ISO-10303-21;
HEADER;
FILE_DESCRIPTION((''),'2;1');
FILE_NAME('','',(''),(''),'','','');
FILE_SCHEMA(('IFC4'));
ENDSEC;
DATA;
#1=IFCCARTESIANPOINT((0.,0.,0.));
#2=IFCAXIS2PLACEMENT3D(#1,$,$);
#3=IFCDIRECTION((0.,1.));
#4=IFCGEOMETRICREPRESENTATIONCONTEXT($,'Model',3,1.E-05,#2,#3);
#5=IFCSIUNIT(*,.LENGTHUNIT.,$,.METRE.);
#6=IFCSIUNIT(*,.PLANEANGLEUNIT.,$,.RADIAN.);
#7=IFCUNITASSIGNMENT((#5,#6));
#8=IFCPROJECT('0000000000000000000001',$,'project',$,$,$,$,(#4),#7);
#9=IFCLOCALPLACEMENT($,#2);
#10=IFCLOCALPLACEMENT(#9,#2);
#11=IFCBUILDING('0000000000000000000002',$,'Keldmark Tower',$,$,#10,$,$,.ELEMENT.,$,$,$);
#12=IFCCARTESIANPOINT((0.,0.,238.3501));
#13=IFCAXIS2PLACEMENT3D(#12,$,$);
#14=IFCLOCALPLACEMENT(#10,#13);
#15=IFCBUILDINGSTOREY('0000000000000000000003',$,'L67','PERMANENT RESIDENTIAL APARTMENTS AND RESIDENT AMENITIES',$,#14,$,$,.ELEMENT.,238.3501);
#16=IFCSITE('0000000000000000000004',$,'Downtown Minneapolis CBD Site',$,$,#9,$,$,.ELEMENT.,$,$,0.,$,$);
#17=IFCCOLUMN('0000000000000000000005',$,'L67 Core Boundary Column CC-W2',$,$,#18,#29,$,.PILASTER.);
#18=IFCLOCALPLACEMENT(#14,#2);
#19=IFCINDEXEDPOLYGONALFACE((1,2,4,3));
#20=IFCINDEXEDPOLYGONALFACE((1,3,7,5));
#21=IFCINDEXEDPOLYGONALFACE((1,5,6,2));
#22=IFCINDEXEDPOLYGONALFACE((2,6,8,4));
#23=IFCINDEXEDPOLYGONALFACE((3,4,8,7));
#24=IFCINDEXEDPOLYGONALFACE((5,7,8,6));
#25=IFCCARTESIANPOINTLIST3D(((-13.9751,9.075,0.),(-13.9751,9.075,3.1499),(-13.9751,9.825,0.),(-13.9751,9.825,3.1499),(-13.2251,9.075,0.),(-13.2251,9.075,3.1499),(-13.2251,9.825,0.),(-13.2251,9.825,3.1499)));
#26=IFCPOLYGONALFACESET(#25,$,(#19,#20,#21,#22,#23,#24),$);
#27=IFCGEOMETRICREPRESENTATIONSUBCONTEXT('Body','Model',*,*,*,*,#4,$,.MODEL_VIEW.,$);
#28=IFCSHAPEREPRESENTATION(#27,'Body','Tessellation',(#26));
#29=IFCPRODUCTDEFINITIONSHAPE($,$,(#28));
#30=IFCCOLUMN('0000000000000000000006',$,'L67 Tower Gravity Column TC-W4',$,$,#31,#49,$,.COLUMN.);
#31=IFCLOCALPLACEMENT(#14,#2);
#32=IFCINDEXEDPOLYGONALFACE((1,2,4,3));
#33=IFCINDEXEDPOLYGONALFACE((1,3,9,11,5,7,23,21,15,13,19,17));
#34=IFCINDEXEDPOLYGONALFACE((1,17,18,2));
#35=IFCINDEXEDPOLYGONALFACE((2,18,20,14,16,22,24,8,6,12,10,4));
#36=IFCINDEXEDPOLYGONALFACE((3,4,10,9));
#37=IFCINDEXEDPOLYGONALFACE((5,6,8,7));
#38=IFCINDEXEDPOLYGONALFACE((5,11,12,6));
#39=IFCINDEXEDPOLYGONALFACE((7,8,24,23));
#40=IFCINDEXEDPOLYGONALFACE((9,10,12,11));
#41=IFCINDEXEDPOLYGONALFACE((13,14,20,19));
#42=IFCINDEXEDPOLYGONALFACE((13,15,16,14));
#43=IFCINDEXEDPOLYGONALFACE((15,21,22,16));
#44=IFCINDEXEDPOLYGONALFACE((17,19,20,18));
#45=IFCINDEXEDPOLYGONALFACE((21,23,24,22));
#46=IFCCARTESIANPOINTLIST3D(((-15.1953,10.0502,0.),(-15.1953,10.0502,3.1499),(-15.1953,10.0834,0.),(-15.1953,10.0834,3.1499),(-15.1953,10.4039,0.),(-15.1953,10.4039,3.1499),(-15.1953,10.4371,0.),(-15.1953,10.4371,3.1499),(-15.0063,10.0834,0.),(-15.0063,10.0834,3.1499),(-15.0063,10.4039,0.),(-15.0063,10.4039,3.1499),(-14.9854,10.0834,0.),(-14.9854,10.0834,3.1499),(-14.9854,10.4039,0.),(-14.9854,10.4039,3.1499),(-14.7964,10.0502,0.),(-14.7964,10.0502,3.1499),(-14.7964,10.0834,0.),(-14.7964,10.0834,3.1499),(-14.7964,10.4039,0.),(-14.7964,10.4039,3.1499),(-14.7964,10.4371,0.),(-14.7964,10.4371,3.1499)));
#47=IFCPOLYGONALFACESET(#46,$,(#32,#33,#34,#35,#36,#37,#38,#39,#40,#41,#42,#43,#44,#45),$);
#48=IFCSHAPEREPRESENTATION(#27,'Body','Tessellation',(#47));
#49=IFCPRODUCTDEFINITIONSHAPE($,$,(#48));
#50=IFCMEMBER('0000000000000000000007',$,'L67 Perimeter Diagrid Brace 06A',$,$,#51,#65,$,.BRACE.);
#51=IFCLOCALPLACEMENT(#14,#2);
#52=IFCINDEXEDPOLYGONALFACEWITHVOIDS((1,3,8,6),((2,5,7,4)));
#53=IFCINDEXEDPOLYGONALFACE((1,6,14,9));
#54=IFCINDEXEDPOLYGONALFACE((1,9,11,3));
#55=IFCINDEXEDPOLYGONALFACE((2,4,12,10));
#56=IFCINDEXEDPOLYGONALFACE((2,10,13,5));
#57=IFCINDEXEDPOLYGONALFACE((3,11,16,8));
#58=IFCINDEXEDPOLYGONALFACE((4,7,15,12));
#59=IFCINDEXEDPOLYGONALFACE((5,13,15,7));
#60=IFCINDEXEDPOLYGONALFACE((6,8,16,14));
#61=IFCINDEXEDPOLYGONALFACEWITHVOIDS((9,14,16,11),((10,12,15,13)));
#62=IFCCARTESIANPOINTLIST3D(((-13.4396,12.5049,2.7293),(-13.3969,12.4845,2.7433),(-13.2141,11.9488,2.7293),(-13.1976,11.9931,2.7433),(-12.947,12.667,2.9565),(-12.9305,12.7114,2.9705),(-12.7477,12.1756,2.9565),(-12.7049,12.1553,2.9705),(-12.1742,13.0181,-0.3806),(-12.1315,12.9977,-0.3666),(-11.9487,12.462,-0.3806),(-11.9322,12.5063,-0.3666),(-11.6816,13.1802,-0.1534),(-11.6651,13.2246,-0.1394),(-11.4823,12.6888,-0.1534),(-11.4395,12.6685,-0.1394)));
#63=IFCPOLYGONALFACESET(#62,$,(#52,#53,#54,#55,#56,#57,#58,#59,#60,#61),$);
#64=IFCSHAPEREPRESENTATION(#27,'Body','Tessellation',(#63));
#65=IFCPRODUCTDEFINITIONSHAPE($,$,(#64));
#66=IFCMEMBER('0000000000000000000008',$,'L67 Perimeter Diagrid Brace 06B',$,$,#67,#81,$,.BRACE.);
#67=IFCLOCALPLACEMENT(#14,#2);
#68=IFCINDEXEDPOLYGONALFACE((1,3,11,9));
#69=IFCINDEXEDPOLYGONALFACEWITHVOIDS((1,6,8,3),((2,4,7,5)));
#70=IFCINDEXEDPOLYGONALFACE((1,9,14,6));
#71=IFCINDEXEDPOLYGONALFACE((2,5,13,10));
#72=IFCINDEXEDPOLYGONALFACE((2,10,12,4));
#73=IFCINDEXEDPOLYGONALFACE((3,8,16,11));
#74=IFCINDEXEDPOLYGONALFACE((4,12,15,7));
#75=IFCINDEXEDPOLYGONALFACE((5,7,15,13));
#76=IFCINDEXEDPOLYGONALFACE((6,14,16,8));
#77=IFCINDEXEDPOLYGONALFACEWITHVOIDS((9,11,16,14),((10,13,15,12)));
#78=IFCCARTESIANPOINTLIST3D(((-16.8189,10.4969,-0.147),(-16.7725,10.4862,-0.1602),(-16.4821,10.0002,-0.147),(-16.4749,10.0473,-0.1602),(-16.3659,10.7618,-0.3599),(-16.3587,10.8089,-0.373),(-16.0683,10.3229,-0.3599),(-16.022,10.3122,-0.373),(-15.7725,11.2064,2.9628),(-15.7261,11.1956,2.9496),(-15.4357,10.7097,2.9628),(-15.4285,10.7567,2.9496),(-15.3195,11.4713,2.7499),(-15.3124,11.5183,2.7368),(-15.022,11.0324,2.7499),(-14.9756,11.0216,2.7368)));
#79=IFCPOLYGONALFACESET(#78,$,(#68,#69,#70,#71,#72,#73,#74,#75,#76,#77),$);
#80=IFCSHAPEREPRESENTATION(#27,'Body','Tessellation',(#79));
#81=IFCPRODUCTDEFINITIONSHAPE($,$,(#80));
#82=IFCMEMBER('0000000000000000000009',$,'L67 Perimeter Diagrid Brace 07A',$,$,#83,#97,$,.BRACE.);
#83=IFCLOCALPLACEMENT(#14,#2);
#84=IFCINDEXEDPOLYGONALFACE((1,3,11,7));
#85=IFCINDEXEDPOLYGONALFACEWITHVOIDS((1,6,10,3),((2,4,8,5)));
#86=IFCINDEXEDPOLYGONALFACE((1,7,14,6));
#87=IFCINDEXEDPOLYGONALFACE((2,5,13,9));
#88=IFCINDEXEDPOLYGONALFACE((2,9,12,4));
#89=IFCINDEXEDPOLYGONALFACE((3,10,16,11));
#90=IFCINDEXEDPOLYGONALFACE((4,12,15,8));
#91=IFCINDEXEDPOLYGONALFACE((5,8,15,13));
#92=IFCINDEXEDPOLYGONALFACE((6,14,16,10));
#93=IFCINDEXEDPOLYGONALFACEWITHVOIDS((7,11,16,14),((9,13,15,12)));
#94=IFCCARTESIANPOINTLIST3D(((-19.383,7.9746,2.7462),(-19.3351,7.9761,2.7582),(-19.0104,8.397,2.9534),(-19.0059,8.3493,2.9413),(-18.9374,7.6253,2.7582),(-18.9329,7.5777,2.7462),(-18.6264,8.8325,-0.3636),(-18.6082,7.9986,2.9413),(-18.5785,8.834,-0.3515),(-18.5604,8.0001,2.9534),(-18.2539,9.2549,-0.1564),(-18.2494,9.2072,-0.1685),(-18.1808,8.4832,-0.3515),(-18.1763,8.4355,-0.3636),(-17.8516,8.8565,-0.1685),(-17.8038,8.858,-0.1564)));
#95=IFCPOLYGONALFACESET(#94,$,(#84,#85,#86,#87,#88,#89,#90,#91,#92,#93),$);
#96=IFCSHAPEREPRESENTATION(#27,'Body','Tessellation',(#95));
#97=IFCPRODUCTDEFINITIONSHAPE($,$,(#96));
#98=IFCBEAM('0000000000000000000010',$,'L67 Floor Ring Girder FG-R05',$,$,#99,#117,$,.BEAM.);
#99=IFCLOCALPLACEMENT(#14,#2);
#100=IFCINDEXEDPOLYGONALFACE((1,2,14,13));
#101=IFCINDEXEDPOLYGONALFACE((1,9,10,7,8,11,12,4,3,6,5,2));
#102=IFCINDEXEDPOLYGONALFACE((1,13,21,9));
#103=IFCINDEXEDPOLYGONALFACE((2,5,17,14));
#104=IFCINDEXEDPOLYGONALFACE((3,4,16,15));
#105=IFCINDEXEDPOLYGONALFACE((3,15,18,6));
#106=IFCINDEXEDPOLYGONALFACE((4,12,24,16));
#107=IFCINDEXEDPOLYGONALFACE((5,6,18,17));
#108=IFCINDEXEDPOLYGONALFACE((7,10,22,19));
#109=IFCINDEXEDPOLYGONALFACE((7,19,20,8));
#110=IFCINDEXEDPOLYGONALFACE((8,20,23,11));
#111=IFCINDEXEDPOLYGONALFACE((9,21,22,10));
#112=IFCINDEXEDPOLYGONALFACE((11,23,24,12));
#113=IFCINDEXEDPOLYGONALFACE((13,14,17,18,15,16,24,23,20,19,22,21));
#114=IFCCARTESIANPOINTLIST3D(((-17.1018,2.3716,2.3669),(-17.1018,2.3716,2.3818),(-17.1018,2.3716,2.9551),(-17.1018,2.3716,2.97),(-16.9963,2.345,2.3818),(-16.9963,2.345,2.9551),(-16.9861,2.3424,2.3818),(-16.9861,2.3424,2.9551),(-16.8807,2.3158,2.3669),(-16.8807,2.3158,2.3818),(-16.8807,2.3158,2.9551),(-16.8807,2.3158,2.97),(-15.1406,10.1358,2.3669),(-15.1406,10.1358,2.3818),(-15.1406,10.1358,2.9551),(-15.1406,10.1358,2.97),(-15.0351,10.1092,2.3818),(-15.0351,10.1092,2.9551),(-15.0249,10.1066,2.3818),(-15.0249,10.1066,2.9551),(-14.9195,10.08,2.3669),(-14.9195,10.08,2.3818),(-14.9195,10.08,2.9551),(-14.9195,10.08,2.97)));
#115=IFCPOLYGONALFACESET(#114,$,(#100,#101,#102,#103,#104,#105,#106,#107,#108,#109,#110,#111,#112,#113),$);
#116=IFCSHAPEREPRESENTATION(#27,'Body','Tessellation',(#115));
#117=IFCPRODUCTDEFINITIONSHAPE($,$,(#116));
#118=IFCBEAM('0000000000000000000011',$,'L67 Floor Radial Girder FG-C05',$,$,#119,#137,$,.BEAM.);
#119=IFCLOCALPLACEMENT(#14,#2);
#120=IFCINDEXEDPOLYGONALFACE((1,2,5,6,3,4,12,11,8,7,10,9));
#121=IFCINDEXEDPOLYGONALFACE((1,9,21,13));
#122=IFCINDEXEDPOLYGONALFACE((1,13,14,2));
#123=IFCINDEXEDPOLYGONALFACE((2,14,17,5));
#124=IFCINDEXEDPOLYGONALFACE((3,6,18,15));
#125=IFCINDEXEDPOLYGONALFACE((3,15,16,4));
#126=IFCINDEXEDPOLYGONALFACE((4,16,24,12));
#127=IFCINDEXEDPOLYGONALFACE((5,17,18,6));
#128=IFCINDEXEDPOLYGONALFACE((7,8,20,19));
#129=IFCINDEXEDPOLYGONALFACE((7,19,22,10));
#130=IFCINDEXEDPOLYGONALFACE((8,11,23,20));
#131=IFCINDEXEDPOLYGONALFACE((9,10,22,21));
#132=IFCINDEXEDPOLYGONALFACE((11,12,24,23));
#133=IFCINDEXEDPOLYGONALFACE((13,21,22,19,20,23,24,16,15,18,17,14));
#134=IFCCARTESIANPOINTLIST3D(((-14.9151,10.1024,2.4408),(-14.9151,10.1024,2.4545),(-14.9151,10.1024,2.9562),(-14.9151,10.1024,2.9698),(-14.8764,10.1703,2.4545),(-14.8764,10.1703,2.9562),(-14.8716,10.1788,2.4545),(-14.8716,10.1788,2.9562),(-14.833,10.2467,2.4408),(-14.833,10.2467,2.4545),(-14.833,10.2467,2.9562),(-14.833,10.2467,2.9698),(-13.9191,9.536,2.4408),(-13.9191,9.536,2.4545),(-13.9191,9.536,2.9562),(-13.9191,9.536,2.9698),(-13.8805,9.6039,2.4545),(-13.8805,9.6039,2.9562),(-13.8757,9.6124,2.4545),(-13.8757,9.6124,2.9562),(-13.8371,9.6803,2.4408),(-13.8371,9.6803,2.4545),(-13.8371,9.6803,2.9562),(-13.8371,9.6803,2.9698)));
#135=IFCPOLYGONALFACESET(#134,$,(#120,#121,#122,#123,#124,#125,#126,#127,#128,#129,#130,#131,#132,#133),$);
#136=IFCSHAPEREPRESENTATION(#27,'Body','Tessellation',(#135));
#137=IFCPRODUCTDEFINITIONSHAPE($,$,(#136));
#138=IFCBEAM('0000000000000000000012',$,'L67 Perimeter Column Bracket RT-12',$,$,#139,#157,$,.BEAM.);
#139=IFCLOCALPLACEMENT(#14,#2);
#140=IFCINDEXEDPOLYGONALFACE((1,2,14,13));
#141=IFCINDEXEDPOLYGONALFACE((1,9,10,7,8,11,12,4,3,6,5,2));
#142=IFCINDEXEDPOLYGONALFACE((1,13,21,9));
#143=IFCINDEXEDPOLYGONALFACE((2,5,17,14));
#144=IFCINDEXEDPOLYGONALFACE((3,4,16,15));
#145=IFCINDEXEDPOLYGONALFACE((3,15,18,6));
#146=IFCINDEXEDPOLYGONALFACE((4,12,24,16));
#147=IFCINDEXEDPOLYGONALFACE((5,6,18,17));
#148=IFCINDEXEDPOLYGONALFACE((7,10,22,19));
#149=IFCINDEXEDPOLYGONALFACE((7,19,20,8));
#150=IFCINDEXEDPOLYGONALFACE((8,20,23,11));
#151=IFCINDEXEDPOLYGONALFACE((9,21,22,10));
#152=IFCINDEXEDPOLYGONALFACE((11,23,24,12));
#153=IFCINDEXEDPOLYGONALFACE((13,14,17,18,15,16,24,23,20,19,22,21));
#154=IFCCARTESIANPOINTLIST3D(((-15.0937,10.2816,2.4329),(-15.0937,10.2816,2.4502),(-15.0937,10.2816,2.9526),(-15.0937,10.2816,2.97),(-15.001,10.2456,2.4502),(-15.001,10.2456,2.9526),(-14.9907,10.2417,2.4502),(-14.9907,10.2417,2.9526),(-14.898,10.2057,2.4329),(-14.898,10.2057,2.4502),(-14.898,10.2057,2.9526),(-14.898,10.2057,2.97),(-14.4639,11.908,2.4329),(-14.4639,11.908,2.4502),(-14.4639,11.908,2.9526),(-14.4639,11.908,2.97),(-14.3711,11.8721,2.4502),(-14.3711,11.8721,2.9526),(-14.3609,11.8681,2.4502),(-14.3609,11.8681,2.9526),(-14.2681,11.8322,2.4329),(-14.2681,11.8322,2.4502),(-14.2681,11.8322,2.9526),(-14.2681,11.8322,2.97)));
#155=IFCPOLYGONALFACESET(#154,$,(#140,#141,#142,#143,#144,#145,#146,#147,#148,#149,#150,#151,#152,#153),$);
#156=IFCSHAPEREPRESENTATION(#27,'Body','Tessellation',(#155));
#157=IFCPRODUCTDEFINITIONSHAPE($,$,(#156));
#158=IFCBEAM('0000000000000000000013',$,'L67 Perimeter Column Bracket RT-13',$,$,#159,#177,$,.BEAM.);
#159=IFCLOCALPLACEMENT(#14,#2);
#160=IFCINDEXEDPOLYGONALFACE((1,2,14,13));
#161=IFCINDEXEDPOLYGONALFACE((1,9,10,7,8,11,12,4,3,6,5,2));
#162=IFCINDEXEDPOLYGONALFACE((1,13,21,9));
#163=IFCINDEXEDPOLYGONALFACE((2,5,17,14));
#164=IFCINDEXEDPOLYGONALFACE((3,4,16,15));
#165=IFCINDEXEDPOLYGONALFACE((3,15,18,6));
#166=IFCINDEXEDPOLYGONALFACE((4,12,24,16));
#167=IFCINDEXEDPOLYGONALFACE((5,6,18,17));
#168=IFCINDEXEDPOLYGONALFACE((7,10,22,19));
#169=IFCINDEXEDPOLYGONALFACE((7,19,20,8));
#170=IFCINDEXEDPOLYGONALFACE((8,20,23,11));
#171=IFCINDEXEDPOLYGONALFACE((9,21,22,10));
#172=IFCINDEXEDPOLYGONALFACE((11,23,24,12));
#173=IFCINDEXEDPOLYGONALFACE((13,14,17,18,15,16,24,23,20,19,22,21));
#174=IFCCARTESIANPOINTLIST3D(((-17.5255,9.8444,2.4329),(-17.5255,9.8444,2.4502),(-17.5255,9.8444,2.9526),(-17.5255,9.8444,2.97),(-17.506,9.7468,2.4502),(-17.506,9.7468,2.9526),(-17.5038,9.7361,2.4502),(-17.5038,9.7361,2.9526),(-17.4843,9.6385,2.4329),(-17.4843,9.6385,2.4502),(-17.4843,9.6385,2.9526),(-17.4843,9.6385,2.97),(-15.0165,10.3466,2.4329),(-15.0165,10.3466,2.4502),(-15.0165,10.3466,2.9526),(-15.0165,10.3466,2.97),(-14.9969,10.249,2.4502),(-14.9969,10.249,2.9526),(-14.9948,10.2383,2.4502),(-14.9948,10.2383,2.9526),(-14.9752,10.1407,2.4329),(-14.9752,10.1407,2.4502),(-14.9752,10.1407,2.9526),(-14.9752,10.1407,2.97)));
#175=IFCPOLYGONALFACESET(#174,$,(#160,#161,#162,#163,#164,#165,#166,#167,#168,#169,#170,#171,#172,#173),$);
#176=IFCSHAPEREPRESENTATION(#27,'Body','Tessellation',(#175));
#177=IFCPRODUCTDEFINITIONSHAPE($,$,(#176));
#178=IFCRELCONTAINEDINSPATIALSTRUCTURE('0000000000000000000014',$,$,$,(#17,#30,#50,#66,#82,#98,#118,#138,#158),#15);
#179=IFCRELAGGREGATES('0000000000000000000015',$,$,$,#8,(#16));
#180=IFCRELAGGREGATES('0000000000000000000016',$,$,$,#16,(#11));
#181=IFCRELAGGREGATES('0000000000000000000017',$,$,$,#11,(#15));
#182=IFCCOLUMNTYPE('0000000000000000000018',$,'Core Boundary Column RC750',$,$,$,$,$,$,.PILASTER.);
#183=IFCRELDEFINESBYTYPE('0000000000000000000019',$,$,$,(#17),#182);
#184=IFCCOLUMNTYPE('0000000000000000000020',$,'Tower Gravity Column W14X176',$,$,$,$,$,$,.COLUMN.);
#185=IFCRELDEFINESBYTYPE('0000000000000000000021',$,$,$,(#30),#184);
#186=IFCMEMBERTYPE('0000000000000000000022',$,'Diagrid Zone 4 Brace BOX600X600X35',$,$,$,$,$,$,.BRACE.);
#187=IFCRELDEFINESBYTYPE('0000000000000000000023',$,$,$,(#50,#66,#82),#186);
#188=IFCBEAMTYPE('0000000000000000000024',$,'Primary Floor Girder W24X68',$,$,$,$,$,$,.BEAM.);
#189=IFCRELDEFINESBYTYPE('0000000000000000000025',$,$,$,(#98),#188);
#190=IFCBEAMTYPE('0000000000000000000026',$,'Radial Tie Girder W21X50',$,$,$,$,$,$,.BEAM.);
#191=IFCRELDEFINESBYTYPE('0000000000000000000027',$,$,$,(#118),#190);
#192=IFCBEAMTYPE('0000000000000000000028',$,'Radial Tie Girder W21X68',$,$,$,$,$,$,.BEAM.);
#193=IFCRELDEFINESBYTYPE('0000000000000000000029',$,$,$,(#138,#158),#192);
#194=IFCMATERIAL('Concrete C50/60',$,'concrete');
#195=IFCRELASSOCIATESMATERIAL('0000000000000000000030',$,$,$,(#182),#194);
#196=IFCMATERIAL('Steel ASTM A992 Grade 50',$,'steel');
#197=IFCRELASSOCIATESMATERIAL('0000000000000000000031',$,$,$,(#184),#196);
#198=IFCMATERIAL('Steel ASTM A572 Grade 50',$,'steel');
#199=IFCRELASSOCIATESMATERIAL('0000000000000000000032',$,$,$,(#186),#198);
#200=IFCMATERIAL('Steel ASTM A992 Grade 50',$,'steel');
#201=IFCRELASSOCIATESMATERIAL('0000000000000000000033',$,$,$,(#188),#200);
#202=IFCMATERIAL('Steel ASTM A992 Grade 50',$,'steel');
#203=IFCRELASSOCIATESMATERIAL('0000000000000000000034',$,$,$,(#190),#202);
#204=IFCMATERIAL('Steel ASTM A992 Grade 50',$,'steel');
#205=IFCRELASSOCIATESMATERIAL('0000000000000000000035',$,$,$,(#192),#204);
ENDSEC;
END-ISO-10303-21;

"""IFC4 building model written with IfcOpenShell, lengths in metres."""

from ifc_helpers import new_model, si_unit, direction, frame, origin, origin_2d, place, context, subcontext, project, spatial, rectangle, hollow_rectangle, i_section, extrude, material, material_profile, profile_set, type_object, element, save


model = new_model("IFC4")

# Units and contexts
model_context = context("Model", 3, precision=1e-05, world=origin(), true_north=direction((0.0, 1.0)))
body_context = subcontext(model_context, "Body", "Model", "MODEL_VIEW")
ifc_project = project(units=[si_unit("LENGTHUNIT", "METRE"), si_unit("PLANEANGLEUNIT", "RADIAN")], contexts=[model_context])

# Site, building, storey
site_placement = place(None, origin())
site = spatial("IfcSite", under=ifc_project, at=site_placement, Name="Downtown Minneapolis CBD Site", CompositionType="ELEMENT", RefElevation=0.0)
building_placement = place(site_placement, origin())
building = spatial("IfcBuilding", under=site, at=building_placement, Name="Keldmark Tower", CompositionType="ELEMENT")
storey_placement = place(building_placement, frame((0.0, 0.0, 238.3501)))
storey = spatial("IfcBuildingStorey", under=building, at=storey_placement, Name="L67", Description="PERMANENT RESIDENTIAL APARTMENTS AND RESIDENT AMENITIES", CompositionType="ELEMENT", Elevation=238.3501)

# Columns
ifc_material_1 = material(Name="Concrete C50/60", Category="concrete")
ifc_material_profile_1 = material_profile(ifc_material_1, rectangle(XDim=0.75, YDim=0.75, at=origin_2d()), Name="RC750X750")
ifc_profile_set_1 = profile_set([ifc_material_profile_1], Name="Concrete C50/60")
column_type_1 = type_object("IfcColumnType", Name="Core Boundary Column RC750", PredefinedType="PILASTER", material=ifc_profile_set_1)
column_1_placement = place(storey_placement, frame((-13.6001, 9.45, 0.0), z_axis=(0.0, 0.0, 1.0), x_axis=(1.0, 0.0, 0.0)))
element("IfcColumn", 1, at=column_1_placement, inside=storey, type_object=column_type_1, Name="L67 Core Boundary Column CC-W2", PredefinedType="PILASTER", context=body_context, shape_type="SweptSolid", body=[
    extrude(rectangle(XDim=0.75, YDim=0.75, at=origin_2d()), origin(), (0.0, 0.0, 1.0), 3.1499),
])
ifc_material_2 = material(Name="Steel ASTM A992 Grade 50", Category="steel")
ifc_material_profile_2 = material_profile(ifc_material_2, i_section(OverallWidth=0.3989, OverallDepth=0.387, WebThickness=0.021, FlangeThickness=0.0332, at=origin_2d()), Name="W14X176")
ifc_profile_set_2 = profile_set([ifc_material_profile_2], Name="Steel ASTM A992 Grade 50")
column_type_2 = type_object("IfcColumnType", Name="Tower Gravity Column W14X176", PredefinedType="COLUMN", material=ifc_profile_set_2)
column_2_placement = place(storey_placement, frame((-14.9958, 10.2437, 0.0), z_axis=(0.0, 0.0, 1.0), x_axis=(1.0, 0.0, 0.0)))
element("IfcColumn", 2, at=column_2_placement, inside=storey, type_object=column_type_2, Name="L67 Tower Gravity Column TC-W4", PredefinedType="COLUMN", context=body_context, shape_type="SweptSolid", body=[
    extrude(i_section(OverallWidth=0.3989, OverallDepth=0.387, WebThickness=0.021, FlangeThickness=0.0332, at=origin_2d()), origin(), (0.0, 0.0, 1.0), 3.1499),
])

# Members
ifc_material_3 = material(Name="Steel ASTM A572 Grade 50", Category="steel")
ifc_material_profile_3 = material_profile(ifc_material_3, hollow_rectangle(XDim=0.6001, YDim=0.6001, WallThickness=0.0349, at=origin_2d()), Name="BOX600X600X35")
ifc_profile_set_3 = profile_set([ifc_material_profile_3], Name="Steel ASTM A572 Grade 50")
member_type = type_object("IfcMemberType", Name="Diagrid Zone 4 Brace BOX600X600X35", PredefinedType="BRACE", material=ifc_profile_set_3)
member_1_placement = place(storey_placement, frame((-11.8069, 12.8433, -0.26), z_axis=(-0.372561, -0.151095, 0.915625), x_axis=(0.375825, -0.92669, 0.0)))
element("IfcMember", 3, at=member_1_placement, inside=storey, type_object=member_type, Name="L67 Perimeter Diagrid Brace 06A", PredefinedType="BRACE", context=body_context, shape_type="SweptSolid", body=[
    extrude(hollow_rectangle(XDim=0.6001, YDim=0.6001, WallThickness=0.0349, at=origin_2d()), origin(), (0.0, 0.0, 1.0), 3.3965),
])
member_2_placement = place(storey_placement, frame((-16.4204, 10.4045, -0.26), z_axis=(0.311702, 0.211341, 0.926378), x_axis=(-0.56119, 0.827687, 0.0)))
element("IfcMember", 4, at=member_2_placement, inside=storey, type_object=member_type, Name="L67 Perimeter Diagrid Brace 06B", PredefinedType="BRACE", context=body_context, shape_type="SweptSolid", body=[
    extrude(hollow_rectangle(XDim=0.6001, YDim=0.6001, WallThickness=0.0349, at=origin_2d()), origin(), (0.0, 0.0, 1.0), 3.3569),
])
member_3_placement = place(storey_placement, frame((-18.2151, 8.8452, -0.26), z_axis=(-0.228332, -0.258909, 0.938526), x_axis=(0.750006, -0.661431, 0.0)))
element("IfcMember", 5, at=member_3_placement, inside=storey, type_object=member_type, Name="L67 Perimeter Diagrid Brace 07A", PredefinedType="BRACE", context=body_context, shape_type="SweptSolid", body=[
    extrude(hollow_rectangle(XDim=0.6001, YDim=0.6001, WallThickness=0.0349, at=origin_2d()), origin(), (0.0, 0.0, 1.0), 3.3135),
])

# Beams
ifc_material_4 = material(Name="Steel ASTM A992 Grade 50", Category="steel")
ifc_material_profile_4 = material_profile(ifc_material_4, i_section(OverallWidth=0.228, OverallDepth=0.603, WebThickness=0.0105, FlangeThickness=0.0149, at=origin_2d()), Name="W24X68")
ifc_profile_set_4 = profile_set([ifc_material_profile_4], Name="Steel ASTM A992 Grade 50")
beam_type_1 = type_object("IfcBeamType", Name="Primary Floor Girder W24X68", PredefinedType="BEAM", material=ifc_profile_set_4)
beam_1_placement = place(storey_placement, frame((-15.03, 10.1079, 2.6685), z_axis=(-0.244902, -0.969548, 0.0), x_axis=(0.969548, -0.244902, 0.0)))
element("IfcBeam", 6, at=beam_1_placement, inside=storey, type_object=beam_type_1, Name="L67 Floor Ring Girder FG-R05", PredefinedType="BEAM", context=body_context, shape_type="SweptSolid", body=[
    extrude(i_section(OverallWidth=0.228, OverallDepth=0.603, WebThickness=0.0105, FlangeThickness=0.0149, at=origin_2d()), origin(), (0.0, 0.0, 1.0), 8.0081),
])
ifc_material_5 = material(Name="Steel ASTM A992 Grade 50", Category="steel")
ifc_material_profile_5 = material_profile(ifc_material_5, i_section(OverallWidth=0.166, OverallDepth=0.5291, WebThickness=0.0098, FlangeThickness=0.0137, at=origin_2d()), Name="W21X50")
ifc_profile_set_5 = profile_set([ifc_material_profile_5], Name="Steel ASTM A992 Grade 50")
beam_type_2 = type_object("IfcBeamType", Name="Radial Tie Girder W21X50", PredefinedType="BEAM", material=ifc_profile_set_5)
beam_2_placement = place(storey_placement, frame((-14.874, 10.1746, 2.7053), z_axis=(0.869238, -0.494394, 0.0), x_axis=(0.494394, 0.869238, 0.0)))
element("IfcBeam", 7, at=beam_2_placement, inside=storey, type_object=beam_type_2, Name="L67 Floor Radial Girder FG-C05", PredefinedType="BEAM", context=body_context, shape_type="SweptSolid", body=[
    extrude(i_section(OverallWidth=0.166, OverallDepth=0.5291, WebThickness=0.0098, FlangeThickness=0.0137, at=origin_2d()), origin(), (0.0, 0.0, 1.0), 1.1458),
])
ifc_material_6 = material(Name="Steel ASTM A992 Grade 50", Category="steel")
ifc_material_profile_6 = material_profile(ifc_material_6, i_section(OverallWidth=0.21, OverallDepth=0.5371, WebThickness=0.011, FlangeThickness=0.0173, at=origin_2d()), Name="W21X68")
ifc_profile_set_6 = profile_set([ifc_material_profile_6], Name="Steel ASTM A992 Grade 50")
beam_type_3 = type_object("IfcBeamType", Name="Radial Tie Girder W21X68", PredefinedType="BEAM", material=ifc_profile_set_6)
beam_3_placement = place(storey_placement, frame((-14.9958, 10.2437, 2.7014), z_axis=(0.361135, 0.932513, 0.0), x_axis=(-0.932513, 0.361135, 0.0)))
element("IfcBeam", 8, at=beam_3_placement, inside=storey, type_object=beam_type_3, Name="L67 Perimeter Column Bracket RT-12", PredefinedType="BEAM", context=body_context, shape_type="SweptSolid", body=[
    extrude(i_section(OverallWidth=0.21, OverallDepth=0.5371, WebThickness=0.011, FlangeThickness=0.0173, at=origin_2d()), origin(), (0.0, 0.0, 1.0), 1.7441),
])
beam_4_placement = place(storey_placement, frame((-14.9958, 10.2437, 2.7014), z_axis=(-0.980551, -0.196263, 0.0), x_axis=(0.196263, -0.980551, 0.0)))
element("IfcBeam", 9, at=beam_4_placement, inside=storey, type_object=beam_type_3, Name="L67 Perimeter Column Bracket RT-13", PredefinedType="BEAM", context=body_context, shape_type="SweptSolid", body=[
    extrude(i_section(OverallWidth=0.21, OverallDepth=0.5371, WebThickness=0.011, FlangeThickness=0.0173, at=origin_2d()), origin(), (0.0, 0.0, 1.0), 2.5588),
])

save(model, "model.ifc")
